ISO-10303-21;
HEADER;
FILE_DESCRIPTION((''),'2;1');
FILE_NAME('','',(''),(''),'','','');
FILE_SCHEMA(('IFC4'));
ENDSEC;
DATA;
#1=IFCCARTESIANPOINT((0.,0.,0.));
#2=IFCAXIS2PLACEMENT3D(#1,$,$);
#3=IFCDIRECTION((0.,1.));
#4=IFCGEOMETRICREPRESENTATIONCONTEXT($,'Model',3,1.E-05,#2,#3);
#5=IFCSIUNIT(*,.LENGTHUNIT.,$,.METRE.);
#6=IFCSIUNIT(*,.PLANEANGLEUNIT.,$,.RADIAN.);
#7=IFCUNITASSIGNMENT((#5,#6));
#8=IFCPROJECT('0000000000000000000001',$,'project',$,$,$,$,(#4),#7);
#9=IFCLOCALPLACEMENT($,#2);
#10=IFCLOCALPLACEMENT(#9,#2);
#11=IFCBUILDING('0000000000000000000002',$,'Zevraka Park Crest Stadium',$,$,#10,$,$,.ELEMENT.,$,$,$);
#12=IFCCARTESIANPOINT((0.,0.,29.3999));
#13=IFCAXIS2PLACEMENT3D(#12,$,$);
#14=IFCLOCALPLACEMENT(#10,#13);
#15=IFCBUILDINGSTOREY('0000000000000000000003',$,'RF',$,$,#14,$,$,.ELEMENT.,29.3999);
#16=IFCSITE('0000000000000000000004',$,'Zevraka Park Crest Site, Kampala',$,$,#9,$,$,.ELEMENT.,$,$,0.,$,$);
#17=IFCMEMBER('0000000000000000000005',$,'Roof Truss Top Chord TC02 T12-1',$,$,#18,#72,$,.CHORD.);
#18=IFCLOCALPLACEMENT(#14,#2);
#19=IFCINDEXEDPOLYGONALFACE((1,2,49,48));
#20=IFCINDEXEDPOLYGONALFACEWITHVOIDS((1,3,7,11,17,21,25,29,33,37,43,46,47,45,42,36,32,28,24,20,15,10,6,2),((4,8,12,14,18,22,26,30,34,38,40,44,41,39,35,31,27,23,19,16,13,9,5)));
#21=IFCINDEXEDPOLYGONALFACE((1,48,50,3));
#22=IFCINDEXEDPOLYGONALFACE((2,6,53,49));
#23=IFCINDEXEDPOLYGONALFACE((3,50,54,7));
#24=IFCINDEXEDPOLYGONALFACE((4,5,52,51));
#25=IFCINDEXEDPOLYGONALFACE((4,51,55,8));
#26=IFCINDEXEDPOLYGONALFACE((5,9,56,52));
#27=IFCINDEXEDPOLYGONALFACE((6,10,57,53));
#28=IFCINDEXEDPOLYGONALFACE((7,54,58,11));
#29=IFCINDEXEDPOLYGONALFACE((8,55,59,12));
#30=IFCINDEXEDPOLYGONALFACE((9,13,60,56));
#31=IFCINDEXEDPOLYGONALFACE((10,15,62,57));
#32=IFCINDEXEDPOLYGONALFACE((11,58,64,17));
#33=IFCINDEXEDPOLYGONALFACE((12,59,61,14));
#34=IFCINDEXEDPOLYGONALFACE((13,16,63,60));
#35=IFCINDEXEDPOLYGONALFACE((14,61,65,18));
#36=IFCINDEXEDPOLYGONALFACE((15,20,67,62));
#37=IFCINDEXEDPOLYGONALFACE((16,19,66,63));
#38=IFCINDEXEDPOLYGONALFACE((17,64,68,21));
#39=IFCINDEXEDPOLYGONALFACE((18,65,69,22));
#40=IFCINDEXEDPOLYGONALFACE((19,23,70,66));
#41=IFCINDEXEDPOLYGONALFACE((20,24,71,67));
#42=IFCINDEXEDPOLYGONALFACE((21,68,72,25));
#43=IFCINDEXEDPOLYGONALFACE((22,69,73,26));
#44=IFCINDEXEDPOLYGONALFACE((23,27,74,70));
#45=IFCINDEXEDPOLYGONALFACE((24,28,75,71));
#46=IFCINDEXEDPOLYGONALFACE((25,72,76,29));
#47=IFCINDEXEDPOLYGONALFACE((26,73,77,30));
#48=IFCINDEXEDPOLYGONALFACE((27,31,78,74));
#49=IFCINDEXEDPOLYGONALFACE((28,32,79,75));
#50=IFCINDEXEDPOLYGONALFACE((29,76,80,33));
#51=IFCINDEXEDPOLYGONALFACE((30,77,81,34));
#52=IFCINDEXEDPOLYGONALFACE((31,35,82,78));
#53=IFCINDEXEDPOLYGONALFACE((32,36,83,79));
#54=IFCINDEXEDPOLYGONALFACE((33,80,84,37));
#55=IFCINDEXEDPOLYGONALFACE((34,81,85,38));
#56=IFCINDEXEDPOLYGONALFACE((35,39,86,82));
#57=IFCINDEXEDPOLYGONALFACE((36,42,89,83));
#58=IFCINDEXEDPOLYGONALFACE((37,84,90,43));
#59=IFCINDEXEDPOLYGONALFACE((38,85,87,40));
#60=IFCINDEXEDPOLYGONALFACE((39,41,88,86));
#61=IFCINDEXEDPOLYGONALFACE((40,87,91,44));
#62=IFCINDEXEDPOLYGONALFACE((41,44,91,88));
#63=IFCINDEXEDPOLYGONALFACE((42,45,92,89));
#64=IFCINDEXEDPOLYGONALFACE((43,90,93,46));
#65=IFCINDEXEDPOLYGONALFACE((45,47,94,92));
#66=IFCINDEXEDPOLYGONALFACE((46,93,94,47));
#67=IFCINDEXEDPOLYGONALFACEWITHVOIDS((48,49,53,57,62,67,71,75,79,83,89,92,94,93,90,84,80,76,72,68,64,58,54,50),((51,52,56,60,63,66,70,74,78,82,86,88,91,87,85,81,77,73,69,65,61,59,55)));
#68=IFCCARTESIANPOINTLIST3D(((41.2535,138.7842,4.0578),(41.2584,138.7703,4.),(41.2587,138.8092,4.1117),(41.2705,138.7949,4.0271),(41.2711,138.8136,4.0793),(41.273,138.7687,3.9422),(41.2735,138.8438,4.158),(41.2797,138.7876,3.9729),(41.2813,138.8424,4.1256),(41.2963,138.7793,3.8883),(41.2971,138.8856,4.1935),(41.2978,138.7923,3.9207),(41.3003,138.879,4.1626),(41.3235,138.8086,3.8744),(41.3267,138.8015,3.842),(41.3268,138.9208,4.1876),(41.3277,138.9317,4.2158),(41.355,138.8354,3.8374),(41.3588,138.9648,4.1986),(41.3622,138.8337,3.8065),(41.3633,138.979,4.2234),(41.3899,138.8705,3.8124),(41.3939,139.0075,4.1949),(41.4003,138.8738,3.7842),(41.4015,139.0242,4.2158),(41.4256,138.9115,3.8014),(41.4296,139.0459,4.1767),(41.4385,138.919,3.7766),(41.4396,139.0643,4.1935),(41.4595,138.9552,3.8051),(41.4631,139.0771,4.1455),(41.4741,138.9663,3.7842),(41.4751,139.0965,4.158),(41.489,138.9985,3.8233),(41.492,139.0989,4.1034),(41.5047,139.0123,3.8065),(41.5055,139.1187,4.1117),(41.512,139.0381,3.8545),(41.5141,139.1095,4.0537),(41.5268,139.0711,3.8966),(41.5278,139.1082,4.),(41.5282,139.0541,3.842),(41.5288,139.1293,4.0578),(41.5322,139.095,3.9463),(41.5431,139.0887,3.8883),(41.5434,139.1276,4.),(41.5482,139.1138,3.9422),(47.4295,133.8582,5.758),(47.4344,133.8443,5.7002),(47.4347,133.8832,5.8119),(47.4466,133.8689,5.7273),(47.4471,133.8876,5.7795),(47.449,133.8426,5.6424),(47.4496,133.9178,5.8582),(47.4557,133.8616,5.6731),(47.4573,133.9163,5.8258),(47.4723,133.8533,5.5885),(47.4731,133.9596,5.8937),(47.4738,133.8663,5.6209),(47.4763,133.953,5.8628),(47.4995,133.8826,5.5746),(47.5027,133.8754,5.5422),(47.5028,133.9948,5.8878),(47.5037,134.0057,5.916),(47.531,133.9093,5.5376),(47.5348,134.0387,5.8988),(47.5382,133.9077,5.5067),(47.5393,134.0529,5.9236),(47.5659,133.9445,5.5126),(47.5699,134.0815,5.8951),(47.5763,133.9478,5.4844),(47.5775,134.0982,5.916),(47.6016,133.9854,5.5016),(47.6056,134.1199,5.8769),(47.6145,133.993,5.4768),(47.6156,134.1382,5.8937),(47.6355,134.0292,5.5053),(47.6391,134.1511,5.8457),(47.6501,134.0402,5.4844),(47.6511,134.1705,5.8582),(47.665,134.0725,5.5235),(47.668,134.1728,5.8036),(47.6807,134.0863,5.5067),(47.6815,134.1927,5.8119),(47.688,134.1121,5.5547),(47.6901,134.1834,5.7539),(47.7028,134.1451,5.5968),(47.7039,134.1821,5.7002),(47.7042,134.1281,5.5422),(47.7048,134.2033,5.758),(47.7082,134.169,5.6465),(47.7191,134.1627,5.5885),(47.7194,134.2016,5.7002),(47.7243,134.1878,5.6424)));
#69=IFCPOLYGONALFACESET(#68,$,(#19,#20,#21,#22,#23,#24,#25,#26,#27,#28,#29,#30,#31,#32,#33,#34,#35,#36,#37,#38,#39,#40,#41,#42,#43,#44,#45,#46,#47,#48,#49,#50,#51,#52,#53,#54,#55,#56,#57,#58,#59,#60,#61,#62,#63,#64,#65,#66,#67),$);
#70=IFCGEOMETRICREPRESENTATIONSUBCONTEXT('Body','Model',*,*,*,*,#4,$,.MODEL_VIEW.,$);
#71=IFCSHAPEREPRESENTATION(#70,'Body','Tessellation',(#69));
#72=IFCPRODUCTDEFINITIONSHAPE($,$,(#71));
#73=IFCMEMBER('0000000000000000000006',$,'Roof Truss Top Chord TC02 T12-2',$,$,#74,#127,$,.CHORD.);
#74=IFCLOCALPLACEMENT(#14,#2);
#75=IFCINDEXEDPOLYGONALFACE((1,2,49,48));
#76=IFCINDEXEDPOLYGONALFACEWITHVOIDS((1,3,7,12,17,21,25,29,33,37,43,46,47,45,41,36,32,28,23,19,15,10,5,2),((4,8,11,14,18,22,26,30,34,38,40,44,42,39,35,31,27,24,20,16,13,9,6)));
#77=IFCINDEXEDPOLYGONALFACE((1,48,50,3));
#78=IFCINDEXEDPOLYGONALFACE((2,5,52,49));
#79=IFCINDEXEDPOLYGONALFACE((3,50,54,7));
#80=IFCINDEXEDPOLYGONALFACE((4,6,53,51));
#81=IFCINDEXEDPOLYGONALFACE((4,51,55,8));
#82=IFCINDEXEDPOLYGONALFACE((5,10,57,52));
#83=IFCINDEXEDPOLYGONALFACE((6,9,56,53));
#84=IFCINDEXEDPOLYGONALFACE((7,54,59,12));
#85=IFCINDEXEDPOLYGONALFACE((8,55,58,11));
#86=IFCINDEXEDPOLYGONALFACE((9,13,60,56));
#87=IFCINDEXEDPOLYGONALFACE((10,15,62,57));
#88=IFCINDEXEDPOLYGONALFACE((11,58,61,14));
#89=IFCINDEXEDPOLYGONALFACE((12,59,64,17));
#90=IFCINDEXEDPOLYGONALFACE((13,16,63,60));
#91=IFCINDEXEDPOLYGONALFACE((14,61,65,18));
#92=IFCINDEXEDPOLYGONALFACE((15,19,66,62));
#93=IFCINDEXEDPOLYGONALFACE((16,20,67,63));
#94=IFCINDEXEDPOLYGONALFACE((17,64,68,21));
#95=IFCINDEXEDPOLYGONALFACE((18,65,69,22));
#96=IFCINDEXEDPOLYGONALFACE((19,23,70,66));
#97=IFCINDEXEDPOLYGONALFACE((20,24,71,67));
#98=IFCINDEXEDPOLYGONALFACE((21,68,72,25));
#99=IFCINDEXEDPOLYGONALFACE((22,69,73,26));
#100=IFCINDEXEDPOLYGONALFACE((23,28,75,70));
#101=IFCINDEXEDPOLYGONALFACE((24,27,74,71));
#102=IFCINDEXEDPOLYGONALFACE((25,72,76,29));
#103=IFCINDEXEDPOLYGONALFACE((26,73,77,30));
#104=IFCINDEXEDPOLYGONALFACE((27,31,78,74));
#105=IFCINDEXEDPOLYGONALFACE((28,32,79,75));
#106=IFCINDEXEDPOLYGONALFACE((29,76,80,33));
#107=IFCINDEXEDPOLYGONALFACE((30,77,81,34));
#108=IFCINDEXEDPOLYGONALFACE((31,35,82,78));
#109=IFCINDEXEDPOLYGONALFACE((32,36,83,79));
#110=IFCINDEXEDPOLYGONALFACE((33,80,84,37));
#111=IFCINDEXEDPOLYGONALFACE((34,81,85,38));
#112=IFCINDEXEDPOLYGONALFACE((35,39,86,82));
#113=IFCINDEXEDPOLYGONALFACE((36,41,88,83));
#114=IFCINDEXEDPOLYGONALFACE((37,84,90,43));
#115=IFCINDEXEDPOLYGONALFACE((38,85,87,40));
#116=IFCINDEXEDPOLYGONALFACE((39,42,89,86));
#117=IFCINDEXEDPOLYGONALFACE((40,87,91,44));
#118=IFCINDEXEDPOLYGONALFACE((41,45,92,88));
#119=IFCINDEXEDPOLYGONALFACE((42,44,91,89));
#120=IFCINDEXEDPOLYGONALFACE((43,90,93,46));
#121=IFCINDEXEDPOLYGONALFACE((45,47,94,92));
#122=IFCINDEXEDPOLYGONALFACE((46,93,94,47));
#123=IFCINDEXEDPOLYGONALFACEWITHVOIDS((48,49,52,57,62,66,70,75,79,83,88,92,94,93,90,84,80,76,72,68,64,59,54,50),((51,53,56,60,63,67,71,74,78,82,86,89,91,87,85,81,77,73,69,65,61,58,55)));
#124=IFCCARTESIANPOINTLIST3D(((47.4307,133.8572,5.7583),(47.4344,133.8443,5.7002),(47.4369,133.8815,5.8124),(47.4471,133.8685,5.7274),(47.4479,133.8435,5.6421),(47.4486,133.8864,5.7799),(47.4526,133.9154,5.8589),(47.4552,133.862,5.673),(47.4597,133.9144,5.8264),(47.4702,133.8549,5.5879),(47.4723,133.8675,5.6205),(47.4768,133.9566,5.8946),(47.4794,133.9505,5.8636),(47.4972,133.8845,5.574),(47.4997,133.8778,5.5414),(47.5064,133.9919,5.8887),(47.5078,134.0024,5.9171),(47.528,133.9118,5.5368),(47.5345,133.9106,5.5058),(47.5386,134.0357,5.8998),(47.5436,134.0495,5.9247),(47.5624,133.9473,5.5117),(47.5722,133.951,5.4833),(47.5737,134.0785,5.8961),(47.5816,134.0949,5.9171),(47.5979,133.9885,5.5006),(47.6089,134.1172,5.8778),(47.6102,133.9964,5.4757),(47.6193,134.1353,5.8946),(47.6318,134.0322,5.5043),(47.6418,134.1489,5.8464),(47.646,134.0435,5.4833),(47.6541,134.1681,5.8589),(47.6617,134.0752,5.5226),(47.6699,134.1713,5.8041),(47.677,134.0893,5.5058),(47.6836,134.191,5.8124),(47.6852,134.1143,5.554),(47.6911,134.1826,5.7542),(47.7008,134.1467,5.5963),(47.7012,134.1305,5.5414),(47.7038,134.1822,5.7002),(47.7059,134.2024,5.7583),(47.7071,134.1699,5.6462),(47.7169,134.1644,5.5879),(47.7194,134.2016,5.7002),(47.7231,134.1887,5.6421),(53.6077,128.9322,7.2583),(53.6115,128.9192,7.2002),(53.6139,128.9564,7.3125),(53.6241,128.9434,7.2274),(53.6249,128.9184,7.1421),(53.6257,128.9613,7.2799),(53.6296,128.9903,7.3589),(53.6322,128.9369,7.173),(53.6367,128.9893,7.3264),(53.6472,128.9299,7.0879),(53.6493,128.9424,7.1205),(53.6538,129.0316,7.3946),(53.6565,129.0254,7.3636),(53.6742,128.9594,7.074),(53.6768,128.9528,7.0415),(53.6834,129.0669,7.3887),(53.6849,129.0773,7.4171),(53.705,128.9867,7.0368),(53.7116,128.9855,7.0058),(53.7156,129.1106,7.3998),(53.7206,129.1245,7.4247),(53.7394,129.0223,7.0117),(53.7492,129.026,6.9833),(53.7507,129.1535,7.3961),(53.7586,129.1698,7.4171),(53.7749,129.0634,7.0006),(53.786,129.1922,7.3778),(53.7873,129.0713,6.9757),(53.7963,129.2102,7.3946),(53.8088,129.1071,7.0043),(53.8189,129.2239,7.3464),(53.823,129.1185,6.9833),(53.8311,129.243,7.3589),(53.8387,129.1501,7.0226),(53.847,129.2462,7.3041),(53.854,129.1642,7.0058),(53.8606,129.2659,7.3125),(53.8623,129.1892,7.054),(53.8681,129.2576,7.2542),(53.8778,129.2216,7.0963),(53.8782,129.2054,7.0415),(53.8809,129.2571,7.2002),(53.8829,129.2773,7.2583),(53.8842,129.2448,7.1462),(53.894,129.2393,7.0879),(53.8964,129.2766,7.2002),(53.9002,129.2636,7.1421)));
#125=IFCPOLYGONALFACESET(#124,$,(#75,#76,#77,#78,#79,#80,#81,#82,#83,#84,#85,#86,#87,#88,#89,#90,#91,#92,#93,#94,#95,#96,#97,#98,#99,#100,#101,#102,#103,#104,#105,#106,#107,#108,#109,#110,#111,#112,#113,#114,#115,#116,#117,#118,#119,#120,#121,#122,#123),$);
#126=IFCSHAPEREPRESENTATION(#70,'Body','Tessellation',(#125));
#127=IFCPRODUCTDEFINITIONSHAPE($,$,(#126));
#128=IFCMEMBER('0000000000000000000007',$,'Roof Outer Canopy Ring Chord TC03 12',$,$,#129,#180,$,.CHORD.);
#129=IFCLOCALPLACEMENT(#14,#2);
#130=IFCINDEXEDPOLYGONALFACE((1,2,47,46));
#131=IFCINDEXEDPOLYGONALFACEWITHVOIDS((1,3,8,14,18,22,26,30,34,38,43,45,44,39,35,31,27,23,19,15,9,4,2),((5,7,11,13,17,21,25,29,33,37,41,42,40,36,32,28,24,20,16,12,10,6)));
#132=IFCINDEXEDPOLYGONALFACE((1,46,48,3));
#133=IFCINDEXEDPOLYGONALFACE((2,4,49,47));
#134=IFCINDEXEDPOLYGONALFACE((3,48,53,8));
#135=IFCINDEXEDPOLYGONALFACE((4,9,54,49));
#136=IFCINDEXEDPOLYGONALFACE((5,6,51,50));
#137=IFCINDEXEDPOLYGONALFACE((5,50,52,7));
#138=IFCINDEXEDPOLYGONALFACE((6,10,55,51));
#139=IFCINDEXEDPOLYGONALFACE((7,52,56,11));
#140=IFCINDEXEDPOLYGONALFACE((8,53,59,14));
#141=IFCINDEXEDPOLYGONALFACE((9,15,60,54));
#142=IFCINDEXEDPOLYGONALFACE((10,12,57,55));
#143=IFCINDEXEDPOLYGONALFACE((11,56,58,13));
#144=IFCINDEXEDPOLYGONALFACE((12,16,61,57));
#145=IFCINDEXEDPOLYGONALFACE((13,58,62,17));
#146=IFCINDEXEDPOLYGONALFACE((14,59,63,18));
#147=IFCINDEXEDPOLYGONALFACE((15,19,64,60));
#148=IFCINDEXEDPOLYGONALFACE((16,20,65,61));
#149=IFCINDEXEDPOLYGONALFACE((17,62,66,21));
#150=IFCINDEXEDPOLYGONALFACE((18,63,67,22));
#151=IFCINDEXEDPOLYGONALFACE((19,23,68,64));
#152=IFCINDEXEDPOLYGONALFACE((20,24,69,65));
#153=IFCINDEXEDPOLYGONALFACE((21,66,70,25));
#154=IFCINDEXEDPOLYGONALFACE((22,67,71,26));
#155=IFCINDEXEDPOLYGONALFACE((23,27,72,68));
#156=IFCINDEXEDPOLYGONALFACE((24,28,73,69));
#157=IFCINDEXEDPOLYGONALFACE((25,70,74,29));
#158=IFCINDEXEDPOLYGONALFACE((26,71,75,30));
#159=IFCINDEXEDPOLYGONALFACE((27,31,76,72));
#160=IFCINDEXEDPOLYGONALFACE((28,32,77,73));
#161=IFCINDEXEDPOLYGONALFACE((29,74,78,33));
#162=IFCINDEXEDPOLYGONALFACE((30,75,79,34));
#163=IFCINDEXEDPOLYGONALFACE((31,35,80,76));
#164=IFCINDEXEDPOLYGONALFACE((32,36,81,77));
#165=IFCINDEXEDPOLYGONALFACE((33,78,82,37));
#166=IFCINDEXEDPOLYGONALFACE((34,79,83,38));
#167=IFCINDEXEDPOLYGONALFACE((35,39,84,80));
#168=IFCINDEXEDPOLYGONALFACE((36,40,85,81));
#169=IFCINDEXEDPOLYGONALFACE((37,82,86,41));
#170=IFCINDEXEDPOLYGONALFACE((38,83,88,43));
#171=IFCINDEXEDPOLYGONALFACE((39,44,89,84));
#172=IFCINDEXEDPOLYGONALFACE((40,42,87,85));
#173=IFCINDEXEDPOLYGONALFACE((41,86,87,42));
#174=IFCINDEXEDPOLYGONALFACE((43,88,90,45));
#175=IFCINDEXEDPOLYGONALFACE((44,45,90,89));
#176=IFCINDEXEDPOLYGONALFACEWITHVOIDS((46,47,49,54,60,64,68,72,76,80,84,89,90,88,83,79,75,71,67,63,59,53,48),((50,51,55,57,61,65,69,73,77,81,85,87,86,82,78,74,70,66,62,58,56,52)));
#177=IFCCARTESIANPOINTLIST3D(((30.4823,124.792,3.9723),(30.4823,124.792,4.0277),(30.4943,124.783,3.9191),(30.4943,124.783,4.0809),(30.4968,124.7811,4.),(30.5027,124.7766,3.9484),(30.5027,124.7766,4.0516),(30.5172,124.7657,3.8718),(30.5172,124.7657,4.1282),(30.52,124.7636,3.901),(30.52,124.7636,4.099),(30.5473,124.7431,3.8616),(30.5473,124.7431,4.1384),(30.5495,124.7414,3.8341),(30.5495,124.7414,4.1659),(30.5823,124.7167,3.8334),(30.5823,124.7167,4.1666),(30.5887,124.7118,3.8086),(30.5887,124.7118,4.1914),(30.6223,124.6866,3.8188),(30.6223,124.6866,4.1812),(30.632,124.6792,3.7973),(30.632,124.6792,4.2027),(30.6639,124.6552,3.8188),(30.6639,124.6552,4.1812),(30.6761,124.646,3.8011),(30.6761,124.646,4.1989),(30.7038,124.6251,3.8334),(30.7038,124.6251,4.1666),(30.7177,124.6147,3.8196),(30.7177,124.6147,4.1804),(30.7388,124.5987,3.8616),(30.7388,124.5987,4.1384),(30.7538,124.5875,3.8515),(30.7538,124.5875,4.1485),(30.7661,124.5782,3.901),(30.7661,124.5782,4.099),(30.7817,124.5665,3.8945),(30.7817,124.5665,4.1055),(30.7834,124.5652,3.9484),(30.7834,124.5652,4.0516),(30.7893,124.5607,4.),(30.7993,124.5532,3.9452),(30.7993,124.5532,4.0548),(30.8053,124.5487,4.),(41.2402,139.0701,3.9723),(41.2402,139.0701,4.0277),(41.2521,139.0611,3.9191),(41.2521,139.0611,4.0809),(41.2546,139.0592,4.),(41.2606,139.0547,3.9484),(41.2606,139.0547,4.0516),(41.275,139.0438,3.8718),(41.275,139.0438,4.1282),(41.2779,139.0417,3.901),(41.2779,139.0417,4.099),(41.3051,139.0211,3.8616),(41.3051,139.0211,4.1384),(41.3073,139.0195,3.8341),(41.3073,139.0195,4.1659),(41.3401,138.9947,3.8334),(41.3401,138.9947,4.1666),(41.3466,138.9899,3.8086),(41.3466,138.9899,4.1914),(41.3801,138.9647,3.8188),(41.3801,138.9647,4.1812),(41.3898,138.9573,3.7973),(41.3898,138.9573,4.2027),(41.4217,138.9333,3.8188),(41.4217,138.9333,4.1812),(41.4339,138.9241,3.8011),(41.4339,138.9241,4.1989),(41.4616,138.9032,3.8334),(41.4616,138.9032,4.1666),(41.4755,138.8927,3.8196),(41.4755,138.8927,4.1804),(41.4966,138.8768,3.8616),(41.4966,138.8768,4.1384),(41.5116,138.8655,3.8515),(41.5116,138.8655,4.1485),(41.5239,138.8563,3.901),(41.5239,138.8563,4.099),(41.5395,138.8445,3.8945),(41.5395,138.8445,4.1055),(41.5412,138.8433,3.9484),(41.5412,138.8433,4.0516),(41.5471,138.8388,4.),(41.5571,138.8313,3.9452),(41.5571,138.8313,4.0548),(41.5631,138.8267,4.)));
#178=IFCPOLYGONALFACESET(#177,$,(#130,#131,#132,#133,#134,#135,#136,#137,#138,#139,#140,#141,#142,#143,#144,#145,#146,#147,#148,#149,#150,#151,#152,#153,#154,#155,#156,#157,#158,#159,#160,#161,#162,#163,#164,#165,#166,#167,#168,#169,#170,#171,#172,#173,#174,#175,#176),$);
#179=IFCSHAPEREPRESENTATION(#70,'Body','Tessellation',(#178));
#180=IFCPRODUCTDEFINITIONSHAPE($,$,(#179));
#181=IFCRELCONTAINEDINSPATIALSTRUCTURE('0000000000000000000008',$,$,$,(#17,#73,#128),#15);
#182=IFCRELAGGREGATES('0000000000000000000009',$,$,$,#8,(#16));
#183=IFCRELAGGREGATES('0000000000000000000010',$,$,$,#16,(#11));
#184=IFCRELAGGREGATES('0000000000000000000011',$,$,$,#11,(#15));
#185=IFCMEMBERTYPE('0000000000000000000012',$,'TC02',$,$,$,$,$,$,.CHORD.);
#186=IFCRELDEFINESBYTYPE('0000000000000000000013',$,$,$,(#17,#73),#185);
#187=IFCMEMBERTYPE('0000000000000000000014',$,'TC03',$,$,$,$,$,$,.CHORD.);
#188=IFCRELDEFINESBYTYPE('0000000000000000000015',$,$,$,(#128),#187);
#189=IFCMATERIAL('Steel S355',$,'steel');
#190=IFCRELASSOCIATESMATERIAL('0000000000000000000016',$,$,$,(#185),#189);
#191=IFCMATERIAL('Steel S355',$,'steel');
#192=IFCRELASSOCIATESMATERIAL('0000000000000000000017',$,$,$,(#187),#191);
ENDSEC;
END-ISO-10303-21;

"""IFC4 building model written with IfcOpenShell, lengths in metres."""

from ifc_helpers import new_model, si_unit, direction, frame, origin, origin_2d, place, context, subcontext, project, spatial, hollow_circle, extrude, material, material_profile, profile_set, type_object, element, save


model = new_model("IFC4")

# Units and contexts
model_context = context("Model", 3, precision=1e-05, world=origin(), true_north=direction((0.0, 1.0)))
body_context = subcontext(model_context, "Body", "Model", "MODEL_VIEW")
ifc_project = project(units=[si_unit("LENGTHUNIT", "METRE"), si_unit("PLANEANGLEUNIT", "RADIAN")], contexts=[model_context])

# Site, building, storey
site_placement = place(None, origin())
site = spatial("IfcSite", under=ifc_project, at=site_placement, Name="Zevraka Park Crest Site, Kampala", CompositionType="ELEMENT", RefElevation=0.0)
building_placement = place(site_placement, origin())
building = spatial("IfcBuilding", under=site, at=building_placement, Name="Zevraka Park Crest Stadium", CompositionType="ELEMENT")
storey_placement = place(building_placement, frame((0.0, 0.0, 29.3999)))
storey = spatial("IfcBuildingStorey", under=building, at=storey_placement, Name="RF", CompositionType="ELEMENT", Elevation=29.3999)

# Members
ifc_material_1 = material(Name="Steel S355", Category="steel")
ifc_material_profile_1 = material_profile(ifc_material_1, hollow_circle(Radius=0.2285, WallThickness=0.0249, at=origin_2d()), Name="CHS 457.0x25")
ifc_profile_set_1 = profile_set([ifc_material_profile_1], Name="Steel S355")
member_type_1 = type_object("IfcMemberType", Name="TC02", PredefinedType="CHORD", material=ifc_profile_set_1)
member_1_placement = place(storey_placement, frame((41.4009, 138.949, 4.0), z_axis=(0.764282, -0.609595, 0.210399), x_axis=(0.623552, 0.781782, 0.0)))
element("IfcMember", 1, at=member_1_placement, inside=storey, type_object=member_type_1, Name="Roof Truss Top Chord TC02 T12-1", PredefinedType="CHORD", context=body_context, shape_type="SweptSolid", body=[
    extrude(hollow_circle(Radius=0.2285, WallThickness=0.0249, at=origin_2d()), origin(), (0.0, 0.0, 1.0), 8.0808),
])
member_2_placement = place(storey_placement, frame((47.5769, 134.0229, 5.7002), z_axis=(0.768166, -0.612474, 0.186539), x_axis=(0.623417, 0.78189, 0.0)))
element("IfcMember", 2, at=member_2_placement, inside=storey, type_object=member_type_1, Name="Roof Truss Top Chord TC02 T12-2", PredefinedType="CHORD", context=body_context, shape_type="SweptSolid", body=[
    extrude(hollow_circle(Radius=0.2285, WallThickness=0.0249, at=origin_2d()), origin(), (0.0, 0.0, 1.0), 8.0413),
])
ifc_material_2 = material(Name="Steel S355", Category="steel")
ifc_material_profile_2 = material_profile(ifc_material_2, hollow_circle(Radius=0.2031, WallThickness=0.02, at=origin_2d()), Name="CHS 406.4x20")
ifc_profile_set_2 = profile_set([ifc_material_profile_2], Name="Steel S355")
member_type_2 = type_object("IfcMemberType", Name="TC03", PredefinedType="CHORD", material=ifc_profile_set_2)
member_3_placement = place(storey_placement, frame((41.4009, 138.949, 4.0), z_axis=(-0.601762, -0.798676, 0.0), x_axis=(0.798676, -0.601762, 0.0)))
element("IfcMember", 3, at=member_3_placement, inside=storey, type_object=member_type_2, Name="Roof Outer Canopy Ring Chord TC03 12", PredefinedType="CHORD", context=body_context, shape_type="SweptSolid", body=[
    extrude(hollow_circle(Radius=0.2031, WallThickness=0.02, at=origin_2d()), origin(), (0.0, 0.0, 1.0), 17.8772),
])

save(model, "model.ifc")
